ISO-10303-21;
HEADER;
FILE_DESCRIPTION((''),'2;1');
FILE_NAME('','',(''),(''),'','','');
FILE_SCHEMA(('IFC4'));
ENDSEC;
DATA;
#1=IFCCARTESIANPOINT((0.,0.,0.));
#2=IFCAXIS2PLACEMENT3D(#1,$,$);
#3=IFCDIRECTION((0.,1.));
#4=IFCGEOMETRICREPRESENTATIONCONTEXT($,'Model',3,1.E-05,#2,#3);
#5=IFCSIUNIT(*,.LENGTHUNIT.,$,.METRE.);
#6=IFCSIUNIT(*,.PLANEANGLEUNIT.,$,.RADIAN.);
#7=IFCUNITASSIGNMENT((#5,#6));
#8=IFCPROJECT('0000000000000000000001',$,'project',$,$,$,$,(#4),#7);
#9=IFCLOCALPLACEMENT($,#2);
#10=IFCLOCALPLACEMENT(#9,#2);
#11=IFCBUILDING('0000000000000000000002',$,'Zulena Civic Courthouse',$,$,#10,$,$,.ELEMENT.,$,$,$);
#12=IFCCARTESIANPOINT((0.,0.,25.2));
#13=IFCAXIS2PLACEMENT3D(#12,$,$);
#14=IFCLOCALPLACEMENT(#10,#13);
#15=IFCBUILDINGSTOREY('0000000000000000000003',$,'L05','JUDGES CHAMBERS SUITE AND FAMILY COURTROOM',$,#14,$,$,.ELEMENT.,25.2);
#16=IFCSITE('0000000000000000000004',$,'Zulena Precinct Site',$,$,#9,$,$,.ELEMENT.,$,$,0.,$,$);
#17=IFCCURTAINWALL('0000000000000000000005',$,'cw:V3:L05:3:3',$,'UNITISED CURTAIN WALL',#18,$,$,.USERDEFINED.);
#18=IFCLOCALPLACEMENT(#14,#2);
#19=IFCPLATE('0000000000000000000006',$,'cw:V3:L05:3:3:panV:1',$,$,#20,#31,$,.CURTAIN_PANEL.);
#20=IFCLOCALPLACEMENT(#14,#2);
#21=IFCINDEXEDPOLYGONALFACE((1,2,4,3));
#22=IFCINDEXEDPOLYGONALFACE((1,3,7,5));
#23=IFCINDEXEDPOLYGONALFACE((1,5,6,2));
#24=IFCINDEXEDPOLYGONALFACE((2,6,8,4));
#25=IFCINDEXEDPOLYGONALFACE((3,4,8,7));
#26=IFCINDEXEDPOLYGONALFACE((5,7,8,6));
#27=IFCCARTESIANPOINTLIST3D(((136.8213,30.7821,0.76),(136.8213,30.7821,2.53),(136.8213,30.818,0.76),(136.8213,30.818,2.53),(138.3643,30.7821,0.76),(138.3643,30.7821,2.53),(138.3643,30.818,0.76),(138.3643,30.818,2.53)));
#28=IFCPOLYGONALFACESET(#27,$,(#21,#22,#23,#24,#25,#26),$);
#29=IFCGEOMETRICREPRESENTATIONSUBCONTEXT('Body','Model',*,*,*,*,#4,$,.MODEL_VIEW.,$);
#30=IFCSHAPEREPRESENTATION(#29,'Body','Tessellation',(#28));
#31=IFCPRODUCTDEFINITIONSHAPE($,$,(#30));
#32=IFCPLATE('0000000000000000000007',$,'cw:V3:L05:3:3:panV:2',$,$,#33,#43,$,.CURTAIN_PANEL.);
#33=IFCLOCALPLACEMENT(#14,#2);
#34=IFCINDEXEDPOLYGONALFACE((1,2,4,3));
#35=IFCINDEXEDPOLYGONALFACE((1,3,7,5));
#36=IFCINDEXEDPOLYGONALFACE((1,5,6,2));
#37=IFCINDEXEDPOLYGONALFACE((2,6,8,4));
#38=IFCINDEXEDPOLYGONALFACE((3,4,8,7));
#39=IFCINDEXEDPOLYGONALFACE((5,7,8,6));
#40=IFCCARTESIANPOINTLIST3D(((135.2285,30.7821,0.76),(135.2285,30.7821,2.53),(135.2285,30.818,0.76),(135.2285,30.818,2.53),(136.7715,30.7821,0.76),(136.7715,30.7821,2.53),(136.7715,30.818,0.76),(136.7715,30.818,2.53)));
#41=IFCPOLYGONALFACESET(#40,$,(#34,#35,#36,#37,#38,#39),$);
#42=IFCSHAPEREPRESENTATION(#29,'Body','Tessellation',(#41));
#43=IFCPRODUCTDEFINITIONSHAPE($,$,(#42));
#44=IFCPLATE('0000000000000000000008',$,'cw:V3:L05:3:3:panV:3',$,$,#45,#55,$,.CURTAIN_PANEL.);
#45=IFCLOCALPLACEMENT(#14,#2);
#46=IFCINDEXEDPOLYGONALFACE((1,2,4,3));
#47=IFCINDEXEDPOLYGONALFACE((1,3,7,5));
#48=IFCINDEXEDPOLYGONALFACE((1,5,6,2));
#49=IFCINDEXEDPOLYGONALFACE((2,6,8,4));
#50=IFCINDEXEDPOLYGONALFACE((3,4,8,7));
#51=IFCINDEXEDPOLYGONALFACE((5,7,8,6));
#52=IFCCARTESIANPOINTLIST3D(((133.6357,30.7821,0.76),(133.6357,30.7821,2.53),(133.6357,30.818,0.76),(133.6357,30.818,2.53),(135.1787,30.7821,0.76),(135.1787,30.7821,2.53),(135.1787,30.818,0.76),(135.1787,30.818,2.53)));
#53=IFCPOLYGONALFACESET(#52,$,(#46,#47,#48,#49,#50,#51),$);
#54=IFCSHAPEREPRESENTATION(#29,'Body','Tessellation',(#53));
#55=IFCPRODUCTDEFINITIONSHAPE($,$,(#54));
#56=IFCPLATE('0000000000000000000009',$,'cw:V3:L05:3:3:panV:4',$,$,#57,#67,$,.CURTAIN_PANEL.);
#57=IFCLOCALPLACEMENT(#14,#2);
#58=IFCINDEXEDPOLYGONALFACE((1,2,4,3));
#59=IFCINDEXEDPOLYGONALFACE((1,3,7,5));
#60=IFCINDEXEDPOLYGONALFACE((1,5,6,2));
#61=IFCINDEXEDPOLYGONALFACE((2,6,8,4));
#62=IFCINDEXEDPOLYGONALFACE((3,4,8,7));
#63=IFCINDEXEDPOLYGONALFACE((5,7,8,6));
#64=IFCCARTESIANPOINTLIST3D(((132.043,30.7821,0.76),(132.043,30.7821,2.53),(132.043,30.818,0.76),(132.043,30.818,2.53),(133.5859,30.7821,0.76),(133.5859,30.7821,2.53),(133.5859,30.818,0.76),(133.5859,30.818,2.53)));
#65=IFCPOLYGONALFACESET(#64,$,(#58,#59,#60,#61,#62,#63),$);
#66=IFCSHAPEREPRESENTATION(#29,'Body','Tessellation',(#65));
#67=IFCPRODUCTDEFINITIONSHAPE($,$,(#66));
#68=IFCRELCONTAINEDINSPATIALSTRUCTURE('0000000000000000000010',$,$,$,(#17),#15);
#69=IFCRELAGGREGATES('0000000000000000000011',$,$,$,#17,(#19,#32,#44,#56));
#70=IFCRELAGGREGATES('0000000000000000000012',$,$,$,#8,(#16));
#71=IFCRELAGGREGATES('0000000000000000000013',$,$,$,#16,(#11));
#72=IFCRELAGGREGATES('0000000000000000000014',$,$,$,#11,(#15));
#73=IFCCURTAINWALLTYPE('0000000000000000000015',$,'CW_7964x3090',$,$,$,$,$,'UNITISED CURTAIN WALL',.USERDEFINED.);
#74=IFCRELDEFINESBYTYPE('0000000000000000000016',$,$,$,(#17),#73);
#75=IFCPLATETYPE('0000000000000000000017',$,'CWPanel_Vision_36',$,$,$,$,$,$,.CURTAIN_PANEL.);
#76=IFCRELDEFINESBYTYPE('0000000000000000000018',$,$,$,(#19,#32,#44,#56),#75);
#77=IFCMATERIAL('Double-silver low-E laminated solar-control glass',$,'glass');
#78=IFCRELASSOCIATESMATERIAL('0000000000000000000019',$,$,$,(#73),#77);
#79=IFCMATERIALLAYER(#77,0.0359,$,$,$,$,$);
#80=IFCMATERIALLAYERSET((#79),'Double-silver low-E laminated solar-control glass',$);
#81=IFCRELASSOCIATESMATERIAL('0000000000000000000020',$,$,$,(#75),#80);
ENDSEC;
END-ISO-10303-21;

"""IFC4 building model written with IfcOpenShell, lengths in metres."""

from ifc_helpers import new_model, si_unit, direction, frame, origin, origin_2d, place, context, subcontext, project, spatial, rectangle, extrude, material, layer, layer_set, type_object, element, aggregate, save


model = new_model("IFC4")

# Units and contexts
model_context = context("Model", 3, precision=1e-05, world=origin(), true_north=direction((0.0, 1.0)))
body_context = subcontext(model_context, "Body", "Model", "MODEL_VIEW")
ifc_project = project(units=[si_unit("LENGTHUNIT", "METRE"), si_unit("PLANEANGLEUNIT", "RADIAN")], contexts=[model_context])

# Site, building, storey
site_placement = place(None, origin())
site = spatial("IfcSite", under=ifc_project, at=site_placement, Name="Zulena Precinct Site", CompositionType="ELEMENT", RefElevation=0.0)
building_placement = place(site_placement, origin())
building = spatial("IfcBuilding", under=site, at=building_placement, Name="Zulena Civic Courthouse", CompositionType="ELEMENT")
storey_placement = place(building_placement, frame((0.0, 0.0, 25.2)))
storey = spatial("IfcBuildingStorey", under=building, at=storey_placement, Name="L05", Description="JUDGES CHAMBERS SUITE AND FAMILY COURTROOM", CompositionType="ELEMENT", Elevation=25.2)

# Curtain wall
ifc_material_1 = material(Name="Double-silver low-E laminated solar-control glass", Category="glass")
curtain_wall_type = type_object("IfcCurtainWallType", Name="CW_7964x3090", ElementType="UNITISED CURTAIN WALL", PredefinedType="USERDEFINED", material=ifc_material_1)
curtain_wall_placement = place(storey_placement, origin())
curtain_wall = element("IfcCurtainWall", 1, at=curtain_wall_placement, inside=storey, type_object=curtain_wall_type, Name="cw:V3:L05:3:3", ObjectType="UNITISED CURTAIN WALL", PredefinedType="USERDEFINED")

# Plates
ifc_layer_1 = layer(ifc_material_1, 0.0359)
ifc_layer_set_1 = layer_set([ifc_layer_1], Name="Double-silver low-E laminated solar-control glass")
plate_type_1 = type_object("IfcPlateType", Name="CWPanel_Vision_36", PredefinedType="CURTAIN_PANEL", material=ifc_layer_set_1)
plate_1_placement = place(storey_placement, frame((137.5928, 30.8, 0.76), z_axis=(0.0, 0.0, 1.0), x_axis=(-1.0, 0.0, 0.0)))
plate_1 = element("IfcPlate", 2, at=plate_1_placement, type_object=plate_type_1, Name="cw:V3:L05:3:3:panV:1", PredefinedType="CURTAIN_PANEL", context=body_context, shape_type="SweptSolid", body=[
    extrude(rectangle(XDim=1.543, YDim=0.0359, at=origin_2d()), origin(), (0.0, 0.0, 1.0), 1.77),
])
plate_2_placement = place(storey_placement, frame((136.0, 30.8, 0.76), z_axis=(0.0, 0.0, 1.0), x_axis=(-1.0, 0.0, 0.0)))
plate_2 = element("IfcPlate", 3, at=plate_2_placement, type_object=plate_type_1, Name="cw:V3:L05:3:3:panV:2", PredefinedType="CURTAIN_PANEL", context=body_context, shape_type="SweptSolid", body=[
    extrude(rectangle(XDim=1.543, YDim=0.0359, at=origin_2d()), origin(), (0.0, 0.0, 1.0), 1.77),
])
plate_3_placement = place(storey_placement, frame((134.4072, 30.8, 0.76), z_axis=(0.0, 0.0, 1.0), x_axis=(-1.0, 0.0, 0.0)))
plate_3 = element("IfcPlate", 4, at=plate_3_placement, type_object=plate_type_1, Name="cw:V3:L05:3:3:panV:3", PredefinedType="CURTAIN_PANEL", context=body_context, shape_type="SweptSolid", body=[
    extrude(rectangle(XDim=1.543, YDim=0.0359, at=origin_2d()), origin(), (0.0, 0.0, 1.0), 1.77),
])
plate_4_placement = place(storey_placement, frame((132.8145, 30.8, 0.76), z_axis=(0.0, 0.0, 1.0), x_axis=(-1.0, 0.0, 0.0)))
plate_4 = element("IfcPlate", 5, at=plate_4_placement, type_object=plate_type_1, Name="cw:V3:L05:3:3:panV:4", PredefinedType="CURTAIN_PANEL", context=body_context, shape_type="SweptSolid", body=[
    extrude(rectangle(XDim=1.543, YDim=0.0359, at=origin_2d()), origin(), (0.0, 0.0, 1.0), 1.77),
])
aggregate(curtain_wall, [plate_1, plate_2, plate_3, plate_4])

save(model, "model.ifc")
